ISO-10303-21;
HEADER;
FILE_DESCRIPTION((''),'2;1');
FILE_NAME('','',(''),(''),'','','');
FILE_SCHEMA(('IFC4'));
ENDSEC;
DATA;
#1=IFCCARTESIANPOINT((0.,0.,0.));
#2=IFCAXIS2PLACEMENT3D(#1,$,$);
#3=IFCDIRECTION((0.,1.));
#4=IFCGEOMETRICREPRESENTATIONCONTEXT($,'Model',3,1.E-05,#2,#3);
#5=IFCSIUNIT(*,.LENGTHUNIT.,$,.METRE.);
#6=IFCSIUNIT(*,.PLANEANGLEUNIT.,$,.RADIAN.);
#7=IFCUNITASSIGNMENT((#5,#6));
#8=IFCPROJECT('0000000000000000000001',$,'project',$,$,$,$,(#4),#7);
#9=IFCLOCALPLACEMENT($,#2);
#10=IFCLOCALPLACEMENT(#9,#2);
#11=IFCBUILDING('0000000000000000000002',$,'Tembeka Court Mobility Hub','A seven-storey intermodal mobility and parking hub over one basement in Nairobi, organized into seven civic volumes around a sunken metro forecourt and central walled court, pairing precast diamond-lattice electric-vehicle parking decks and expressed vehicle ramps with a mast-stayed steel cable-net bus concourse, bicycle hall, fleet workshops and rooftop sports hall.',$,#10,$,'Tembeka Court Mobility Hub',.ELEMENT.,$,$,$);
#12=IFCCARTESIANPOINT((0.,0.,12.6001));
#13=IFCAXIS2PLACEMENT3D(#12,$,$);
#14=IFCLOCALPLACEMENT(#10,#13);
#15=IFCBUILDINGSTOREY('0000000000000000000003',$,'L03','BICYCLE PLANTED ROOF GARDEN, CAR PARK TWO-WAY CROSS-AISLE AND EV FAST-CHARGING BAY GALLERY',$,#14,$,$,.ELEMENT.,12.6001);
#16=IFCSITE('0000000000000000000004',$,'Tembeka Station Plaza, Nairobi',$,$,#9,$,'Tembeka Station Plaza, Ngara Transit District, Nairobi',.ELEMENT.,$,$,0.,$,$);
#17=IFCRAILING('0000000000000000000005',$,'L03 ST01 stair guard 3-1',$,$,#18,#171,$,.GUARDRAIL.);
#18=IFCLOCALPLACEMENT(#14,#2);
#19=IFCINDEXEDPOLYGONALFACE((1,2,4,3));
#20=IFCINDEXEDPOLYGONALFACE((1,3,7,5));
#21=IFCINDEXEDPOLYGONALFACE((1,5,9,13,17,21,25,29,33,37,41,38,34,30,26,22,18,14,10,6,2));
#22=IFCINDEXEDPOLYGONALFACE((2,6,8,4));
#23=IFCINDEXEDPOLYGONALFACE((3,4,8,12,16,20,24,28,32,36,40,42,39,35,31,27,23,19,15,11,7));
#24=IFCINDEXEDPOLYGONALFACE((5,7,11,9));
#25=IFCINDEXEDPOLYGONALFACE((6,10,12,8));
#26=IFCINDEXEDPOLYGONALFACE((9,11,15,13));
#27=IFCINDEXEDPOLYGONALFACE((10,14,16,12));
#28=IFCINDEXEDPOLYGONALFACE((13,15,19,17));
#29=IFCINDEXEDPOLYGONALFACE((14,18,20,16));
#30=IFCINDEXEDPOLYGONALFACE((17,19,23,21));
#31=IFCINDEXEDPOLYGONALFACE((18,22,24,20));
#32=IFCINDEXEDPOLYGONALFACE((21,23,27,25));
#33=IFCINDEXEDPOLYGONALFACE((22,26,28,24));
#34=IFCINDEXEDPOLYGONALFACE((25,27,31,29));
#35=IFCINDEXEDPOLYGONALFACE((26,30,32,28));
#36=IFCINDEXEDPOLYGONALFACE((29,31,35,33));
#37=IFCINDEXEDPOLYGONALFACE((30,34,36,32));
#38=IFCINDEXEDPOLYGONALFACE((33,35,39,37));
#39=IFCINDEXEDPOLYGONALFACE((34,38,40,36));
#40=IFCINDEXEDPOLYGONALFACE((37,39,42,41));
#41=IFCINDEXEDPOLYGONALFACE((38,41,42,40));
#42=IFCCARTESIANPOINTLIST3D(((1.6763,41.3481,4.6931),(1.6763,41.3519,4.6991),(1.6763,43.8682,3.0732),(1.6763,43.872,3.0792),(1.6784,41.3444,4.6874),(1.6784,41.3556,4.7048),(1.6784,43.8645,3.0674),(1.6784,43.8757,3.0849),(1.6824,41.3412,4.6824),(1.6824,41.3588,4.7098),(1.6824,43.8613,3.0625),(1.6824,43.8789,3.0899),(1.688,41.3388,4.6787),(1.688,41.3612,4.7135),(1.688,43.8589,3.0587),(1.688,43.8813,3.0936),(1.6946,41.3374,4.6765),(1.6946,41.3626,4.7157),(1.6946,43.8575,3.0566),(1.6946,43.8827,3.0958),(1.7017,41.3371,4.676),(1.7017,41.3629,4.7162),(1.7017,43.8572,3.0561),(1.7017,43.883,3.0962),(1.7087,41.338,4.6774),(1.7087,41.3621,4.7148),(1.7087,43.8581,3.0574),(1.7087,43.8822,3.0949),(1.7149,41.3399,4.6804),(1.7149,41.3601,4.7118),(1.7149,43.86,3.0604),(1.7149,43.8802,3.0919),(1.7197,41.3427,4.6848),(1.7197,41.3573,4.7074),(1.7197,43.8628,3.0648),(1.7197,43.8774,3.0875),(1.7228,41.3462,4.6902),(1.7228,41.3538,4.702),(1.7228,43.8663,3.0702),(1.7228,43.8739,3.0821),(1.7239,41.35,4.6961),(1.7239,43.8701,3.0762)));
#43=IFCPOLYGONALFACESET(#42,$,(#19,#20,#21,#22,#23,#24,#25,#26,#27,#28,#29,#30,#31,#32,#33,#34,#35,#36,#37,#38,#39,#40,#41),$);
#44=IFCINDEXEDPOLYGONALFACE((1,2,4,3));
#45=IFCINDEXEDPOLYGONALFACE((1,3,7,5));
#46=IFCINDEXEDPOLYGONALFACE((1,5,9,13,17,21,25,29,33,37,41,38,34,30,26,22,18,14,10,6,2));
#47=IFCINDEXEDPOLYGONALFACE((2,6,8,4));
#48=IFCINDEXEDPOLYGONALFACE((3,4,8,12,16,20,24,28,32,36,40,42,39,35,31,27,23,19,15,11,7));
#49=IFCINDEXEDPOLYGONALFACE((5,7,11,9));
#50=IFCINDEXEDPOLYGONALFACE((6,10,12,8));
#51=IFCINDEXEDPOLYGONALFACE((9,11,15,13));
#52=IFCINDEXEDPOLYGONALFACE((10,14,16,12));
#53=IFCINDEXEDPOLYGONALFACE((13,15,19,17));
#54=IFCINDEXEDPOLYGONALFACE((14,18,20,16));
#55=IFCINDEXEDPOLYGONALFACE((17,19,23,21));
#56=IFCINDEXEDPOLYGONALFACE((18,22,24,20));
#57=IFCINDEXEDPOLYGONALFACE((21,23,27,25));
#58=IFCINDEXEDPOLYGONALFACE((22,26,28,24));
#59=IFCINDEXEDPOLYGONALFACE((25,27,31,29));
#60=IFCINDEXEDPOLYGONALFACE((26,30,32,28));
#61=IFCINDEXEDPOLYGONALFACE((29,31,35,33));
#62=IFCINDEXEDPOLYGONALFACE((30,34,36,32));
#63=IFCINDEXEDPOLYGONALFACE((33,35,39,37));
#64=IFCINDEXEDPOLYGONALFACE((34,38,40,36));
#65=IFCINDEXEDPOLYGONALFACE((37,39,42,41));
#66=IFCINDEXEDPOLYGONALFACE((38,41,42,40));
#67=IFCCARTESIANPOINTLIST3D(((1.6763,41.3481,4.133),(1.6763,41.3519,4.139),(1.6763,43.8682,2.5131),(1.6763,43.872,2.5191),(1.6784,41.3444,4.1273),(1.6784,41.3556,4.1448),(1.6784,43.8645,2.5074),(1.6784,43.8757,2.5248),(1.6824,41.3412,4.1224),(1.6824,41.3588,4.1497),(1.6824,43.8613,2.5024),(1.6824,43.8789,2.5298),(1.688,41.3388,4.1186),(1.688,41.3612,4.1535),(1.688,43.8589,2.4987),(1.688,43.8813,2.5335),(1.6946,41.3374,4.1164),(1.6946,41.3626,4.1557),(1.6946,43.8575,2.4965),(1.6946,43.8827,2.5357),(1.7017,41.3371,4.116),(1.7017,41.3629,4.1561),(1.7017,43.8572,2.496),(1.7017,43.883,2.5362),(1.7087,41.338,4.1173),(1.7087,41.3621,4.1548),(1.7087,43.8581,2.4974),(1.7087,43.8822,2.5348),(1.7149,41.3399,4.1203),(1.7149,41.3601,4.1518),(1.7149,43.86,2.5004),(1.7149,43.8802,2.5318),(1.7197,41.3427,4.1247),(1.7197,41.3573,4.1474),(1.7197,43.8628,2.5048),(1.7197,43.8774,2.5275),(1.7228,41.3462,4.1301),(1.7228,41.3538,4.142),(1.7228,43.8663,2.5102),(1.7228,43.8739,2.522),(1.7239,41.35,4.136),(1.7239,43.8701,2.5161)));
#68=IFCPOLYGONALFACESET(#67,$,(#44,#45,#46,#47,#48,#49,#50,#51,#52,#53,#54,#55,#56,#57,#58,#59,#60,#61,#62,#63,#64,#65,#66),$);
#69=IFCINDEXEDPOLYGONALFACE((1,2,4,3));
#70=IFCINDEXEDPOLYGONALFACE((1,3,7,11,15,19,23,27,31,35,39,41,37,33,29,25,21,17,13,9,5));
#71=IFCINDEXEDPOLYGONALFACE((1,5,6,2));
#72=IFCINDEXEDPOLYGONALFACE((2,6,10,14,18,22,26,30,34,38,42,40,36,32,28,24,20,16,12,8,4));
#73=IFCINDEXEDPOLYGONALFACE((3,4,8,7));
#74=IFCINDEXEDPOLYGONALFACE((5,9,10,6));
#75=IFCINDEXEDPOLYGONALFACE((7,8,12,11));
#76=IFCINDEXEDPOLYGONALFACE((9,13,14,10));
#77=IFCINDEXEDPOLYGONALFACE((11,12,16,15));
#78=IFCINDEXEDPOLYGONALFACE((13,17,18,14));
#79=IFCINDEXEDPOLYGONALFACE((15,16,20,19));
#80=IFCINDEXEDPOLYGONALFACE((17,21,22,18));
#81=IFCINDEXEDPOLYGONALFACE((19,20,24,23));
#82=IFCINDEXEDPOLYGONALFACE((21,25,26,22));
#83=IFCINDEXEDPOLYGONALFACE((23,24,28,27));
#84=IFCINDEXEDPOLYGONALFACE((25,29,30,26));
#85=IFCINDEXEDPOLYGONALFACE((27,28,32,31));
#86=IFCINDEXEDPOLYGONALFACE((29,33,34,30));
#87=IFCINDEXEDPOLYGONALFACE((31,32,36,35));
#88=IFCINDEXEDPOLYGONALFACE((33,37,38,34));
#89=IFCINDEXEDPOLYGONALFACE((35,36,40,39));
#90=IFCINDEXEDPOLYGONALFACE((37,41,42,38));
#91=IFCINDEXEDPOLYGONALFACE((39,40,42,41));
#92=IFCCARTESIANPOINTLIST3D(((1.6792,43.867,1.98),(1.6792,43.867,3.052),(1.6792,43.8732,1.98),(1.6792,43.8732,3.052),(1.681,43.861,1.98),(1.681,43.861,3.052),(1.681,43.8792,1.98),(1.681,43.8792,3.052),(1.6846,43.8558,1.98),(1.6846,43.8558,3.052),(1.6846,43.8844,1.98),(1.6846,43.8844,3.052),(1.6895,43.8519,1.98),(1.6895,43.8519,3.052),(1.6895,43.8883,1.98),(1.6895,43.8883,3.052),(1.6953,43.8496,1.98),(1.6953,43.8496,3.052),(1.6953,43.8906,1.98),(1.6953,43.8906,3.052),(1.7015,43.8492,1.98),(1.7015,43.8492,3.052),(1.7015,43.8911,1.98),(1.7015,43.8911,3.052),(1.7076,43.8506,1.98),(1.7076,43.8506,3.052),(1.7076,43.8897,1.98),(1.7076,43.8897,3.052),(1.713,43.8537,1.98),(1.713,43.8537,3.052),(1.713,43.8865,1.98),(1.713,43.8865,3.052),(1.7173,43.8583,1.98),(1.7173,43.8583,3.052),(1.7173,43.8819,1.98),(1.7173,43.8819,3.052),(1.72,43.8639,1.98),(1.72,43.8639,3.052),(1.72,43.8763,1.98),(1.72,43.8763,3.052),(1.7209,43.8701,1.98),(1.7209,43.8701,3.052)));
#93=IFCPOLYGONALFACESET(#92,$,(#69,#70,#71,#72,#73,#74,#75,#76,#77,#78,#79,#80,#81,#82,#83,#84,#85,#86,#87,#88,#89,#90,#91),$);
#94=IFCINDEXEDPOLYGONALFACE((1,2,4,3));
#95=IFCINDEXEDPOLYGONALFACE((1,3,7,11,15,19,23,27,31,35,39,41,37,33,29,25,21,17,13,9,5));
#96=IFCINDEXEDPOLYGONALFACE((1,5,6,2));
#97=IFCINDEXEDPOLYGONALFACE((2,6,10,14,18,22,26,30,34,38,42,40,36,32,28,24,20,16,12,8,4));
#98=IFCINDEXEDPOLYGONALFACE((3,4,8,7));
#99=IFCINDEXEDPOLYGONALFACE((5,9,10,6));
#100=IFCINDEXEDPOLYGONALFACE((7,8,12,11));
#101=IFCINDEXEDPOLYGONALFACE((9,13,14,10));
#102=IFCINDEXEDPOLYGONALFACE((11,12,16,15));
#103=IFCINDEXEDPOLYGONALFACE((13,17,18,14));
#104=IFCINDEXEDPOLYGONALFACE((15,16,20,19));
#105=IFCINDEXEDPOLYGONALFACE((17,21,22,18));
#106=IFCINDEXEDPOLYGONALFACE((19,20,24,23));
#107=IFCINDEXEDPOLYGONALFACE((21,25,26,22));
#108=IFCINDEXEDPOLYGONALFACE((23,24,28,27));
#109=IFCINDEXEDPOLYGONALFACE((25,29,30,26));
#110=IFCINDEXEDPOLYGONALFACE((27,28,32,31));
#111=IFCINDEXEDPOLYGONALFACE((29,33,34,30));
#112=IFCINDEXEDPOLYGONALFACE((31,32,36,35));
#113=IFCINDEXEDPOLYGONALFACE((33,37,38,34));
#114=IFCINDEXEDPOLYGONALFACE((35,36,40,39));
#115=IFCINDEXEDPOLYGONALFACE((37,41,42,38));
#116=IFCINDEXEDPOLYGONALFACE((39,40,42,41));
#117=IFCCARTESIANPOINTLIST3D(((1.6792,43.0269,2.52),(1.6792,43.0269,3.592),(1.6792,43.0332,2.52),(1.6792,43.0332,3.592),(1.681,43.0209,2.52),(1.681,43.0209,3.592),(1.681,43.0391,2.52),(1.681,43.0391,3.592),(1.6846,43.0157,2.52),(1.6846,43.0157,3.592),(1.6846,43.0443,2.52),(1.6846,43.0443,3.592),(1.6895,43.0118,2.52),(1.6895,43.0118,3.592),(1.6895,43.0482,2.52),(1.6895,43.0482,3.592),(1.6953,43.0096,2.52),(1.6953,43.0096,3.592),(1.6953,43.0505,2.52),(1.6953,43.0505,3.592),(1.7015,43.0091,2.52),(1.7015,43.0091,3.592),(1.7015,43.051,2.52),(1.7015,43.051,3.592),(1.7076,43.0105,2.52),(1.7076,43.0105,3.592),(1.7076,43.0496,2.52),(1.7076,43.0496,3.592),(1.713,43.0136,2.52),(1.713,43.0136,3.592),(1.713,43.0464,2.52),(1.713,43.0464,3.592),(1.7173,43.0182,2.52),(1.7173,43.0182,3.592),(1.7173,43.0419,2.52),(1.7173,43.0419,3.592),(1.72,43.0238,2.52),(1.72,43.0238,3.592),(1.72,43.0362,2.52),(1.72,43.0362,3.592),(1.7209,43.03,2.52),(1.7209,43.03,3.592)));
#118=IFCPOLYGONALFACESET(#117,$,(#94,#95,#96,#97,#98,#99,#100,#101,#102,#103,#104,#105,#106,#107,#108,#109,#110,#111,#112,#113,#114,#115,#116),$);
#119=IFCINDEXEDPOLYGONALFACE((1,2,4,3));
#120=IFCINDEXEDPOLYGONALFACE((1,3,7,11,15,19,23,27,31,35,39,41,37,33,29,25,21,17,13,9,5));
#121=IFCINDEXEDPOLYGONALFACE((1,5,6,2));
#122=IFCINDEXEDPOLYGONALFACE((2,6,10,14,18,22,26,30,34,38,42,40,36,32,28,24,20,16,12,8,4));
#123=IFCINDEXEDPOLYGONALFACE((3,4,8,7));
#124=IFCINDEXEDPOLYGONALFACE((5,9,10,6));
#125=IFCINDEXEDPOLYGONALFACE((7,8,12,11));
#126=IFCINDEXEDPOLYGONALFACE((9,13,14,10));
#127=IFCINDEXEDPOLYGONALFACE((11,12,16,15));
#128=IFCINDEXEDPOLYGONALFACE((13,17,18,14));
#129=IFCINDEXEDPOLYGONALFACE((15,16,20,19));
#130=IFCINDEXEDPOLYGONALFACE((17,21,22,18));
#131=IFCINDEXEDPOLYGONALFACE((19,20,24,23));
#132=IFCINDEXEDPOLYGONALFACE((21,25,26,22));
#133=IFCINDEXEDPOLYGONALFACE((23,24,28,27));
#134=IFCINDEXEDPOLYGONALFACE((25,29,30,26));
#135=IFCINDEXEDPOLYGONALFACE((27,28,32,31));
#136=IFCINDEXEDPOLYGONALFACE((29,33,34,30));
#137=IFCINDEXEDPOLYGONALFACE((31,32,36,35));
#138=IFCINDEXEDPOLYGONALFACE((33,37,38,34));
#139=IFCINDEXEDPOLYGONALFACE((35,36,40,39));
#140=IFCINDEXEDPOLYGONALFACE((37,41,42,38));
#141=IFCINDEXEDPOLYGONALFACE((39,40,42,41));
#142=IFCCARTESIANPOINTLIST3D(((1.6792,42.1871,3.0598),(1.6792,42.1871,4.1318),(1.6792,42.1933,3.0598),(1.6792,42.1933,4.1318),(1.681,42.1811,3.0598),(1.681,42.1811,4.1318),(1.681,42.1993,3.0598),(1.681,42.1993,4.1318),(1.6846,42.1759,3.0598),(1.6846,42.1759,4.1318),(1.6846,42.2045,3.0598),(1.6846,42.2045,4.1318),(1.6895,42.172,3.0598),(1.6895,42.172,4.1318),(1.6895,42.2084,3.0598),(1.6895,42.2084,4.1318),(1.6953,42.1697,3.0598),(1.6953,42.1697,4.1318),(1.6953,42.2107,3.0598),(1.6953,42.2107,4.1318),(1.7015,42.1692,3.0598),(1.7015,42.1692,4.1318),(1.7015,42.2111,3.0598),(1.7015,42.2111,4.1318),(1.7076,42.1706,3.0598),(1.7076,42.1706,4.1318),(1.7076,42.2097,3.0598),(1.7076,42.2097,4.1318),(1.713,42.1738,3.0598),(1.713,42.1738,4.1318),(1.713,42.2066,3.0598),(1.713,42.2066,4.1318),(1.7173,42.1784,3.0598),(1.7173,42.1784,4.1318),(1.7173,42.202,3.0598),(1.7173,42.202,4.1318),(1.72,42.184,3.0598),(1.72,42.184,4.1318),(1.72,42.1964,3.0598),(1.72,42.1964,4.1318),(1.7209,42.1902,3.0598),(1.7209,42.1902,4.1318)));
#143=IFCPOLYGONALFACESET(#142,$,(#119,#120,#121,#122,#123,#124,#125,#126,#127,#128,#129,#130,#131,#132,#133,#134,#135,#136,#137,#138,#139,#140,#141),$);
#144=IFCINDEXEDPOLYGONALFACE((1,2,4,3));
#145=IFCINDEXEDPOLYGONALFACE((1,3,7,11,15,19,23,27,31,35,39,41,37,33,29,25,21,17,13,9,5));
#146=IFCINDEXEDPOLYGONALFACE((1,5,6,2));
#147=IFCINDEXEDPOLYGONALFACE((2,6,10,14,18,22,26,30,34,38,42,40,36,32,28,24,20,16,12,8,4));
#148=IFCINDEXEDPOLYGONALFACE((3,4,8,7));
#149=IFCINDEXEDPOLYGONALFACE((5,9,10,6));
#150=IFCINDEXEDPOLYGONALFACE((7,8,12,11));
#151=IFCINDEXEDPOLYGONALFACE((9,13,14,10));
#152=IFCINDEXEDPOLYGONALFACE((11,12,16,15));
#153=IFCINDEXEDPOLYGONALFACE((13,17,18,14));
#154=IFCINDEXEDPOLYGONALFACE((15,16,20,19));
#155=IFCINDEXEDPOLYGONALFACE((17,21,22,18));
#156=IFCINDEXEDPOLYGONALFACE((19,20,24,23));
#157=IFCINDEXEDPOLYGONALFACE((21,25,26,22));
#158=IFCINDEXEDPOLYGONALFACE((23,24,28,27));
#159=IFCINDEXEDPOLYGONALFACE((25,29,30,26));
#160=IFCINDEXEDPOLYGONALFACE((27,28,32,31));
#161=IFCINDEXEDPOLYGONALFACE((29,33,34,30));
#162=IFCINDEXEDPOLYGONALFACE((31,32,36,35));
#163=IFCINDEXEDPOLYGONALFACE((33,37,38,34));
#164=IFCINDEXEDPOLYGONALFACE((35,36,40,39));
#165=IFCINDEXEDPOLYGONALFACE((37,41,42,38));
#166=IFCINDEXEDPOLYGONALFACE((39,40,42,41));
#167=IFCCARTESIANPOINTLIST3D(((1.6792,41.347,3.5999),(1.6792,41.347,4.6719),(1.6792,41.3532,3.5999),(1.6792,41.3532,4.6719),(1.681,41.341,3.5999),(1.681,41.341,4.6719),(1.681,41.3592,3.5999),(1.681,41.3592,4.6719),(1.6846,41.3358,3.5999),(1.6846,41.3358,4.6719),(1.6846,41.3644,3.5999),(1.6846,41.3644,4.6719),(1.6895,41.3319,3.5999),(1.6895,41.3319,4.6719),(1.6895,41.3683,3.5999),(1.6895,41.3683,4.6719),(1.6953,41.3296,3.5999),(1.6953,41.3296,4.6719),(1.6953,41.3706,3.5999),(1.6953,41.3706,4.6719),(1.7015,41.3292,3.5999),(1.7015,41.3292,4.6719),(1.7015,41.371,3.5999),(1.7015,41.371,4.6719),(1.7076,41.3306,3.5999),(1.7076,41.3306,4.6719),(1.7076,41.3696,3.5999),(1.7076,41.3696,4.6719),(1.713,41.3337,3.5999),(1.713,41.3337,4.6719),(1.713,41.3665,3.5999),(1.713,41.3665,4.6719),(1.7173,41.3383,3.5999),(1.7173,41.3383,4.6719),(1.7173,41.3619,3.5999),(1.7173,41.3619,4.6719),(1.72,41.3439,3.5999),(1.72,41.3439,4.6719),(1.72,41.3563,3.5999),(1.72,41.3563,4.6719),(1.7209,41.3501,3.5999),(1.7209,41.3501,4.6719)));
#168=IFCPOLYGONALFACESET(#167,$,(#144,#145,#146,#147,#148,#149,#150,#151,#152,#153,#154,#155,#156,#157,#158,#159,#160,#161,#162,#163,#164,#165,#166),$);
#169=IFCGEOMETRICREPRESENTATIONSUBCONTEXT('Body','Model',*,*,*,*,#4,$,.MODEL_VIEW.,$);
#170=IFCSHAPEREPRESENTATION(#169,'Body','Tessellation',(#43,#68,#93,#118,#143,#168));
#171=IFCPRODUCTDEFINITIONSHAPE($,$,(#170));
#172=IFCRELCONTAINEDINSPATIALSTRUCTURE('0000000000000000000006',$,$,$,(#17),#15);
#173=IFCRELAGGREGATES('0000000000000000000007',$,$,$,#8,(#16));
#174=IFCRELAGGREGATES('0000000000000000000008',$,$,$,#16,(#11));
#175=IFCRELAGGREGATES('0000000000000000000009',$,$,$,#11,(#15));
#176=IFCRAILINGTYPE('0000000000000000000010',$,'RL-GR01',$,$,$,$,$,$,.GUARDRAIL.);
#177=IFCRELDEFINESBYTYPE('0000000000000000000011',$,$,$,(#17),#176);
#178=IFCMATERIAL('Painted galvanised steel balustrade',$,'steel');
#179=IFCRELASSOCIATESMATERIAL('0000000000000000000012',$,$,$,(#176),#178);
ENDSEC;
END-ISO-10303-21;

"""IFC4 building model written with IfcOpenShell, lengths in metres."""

from ifc_helpers import new_model, si_unit, direction, frame, origin, origin_2d, place, context, subcontext, project, spatial, circle, extrude, material, type_object, element, save


model = new_model("IFC4")

# Units and contexts
model_context = context("Model", 3, precision=1e-05, world=origin(), true_north=direction((0.0, 1.0)))
body_context = subcontext(model_context, "Body", "Model", "MODEL_VIEW")
ifc_project = project(units=[si_unit("LENGTHUNIT", "METRE"), si_unit("PLANEANGLEUNIT", "RADIAN")], contexts=[model_context])

# Site, building, storey
site_placement = place(None, origin())
site = spatial("IfcSite", under=ifc_project, at=site_placement, Name="Tembeka Station Plaza, Nairobi", LongName="Tembeka Station Plaza, Ngara Transit District, Nairobi", CompositionType="ELEMENT", RefElevation=0.0)
building_placement = place(site_placement, origin())
building = spatial("IfcBuilding", under=site, at=building_placement, Name="Tembeka Court Mobility Hub", Description="A seven-storey intermodal mobility and parking hub over one basement in Nairobi, organized into seven civic volumes around a sunken metro forecourt and central walled court, pairing precast diamond-lattice electric-vehicle parking decks and expressed vehicle ramps with a mast-stayed steel cable-net bus concourse, bicycle hall, fleet workshops and rooftop sports hall.", LongName="Tembeka Court Mobility Hub", CompositionType="ELEMENT")
storey_placement = place(building_placement, frame((0.0, 0.0, 12.6001)))
storey = spatial("IfcBuildingStorey", under=building, at=storey_placement, Name="L03", Description="BICYCLE PLANTED ROOF GARDEN, CAR PARK TWO-WAY CROSS-AISLE AND EV FAST-CHARGING BAY GALLERY", CompositionType="ELEMENT", Elevation=12.6001)

# Railing
ifc_material_1 = material(Name="Painted galvanised steel balustrade", Category="steel")
railing_type_1 = type_object("IfcRailingType", Name="RL-GR01", PredefinedType="GUARDRAIL", material=ifc_material_1)
railing_1_placement = place(storey_placement, frame((1.7, 43.8701, 1.98)))
element("IfcRailing", 1, at=railing_1_placement, inside=storey, type_object=railing_type_1, Name="L03 ST01 stair guard 3-1", PredefinedType="GUARDRAIL", context=body_context, shape_type="SweptSolid", body=[
    extrude(circle(Radius=0.0239, at=origin_2d()), frame((0.0, 0.0, 1.0962), z_axis=(0.0, -0.8412, 0.540725), x_axis=(1.0, 0.0, 0.0)), (0.0, 0.0, 1.0), 2.9958),
    extrude(circle(Radius=0.0239, at=origin_2d()), frame((0.0, 0.0, 0.5361), z_axis=(0.0, -0.8412, 0.540725), x_axis=(1.0, 0.0, 0.0)), (0.0, 0.0, 1.0), 2.9958),
    extrude(circle(Radius=0.021, at=origin_2d()), origin(), (0.0, 0.0, 1.0), 1.072),
    extrude(circle(Radius=0.021, at=origin_2d()), frame((0.0, -0.8401, 0.54)), (0.0, 0.0, 1.0), 1.072),
    extrude(circle(Radius=0.021, at=origin_2d()), frame((0.0, -1.6799, 1.0798)), (0.0, 0.0, 1.0), 1.072),
    extrude(circle(Radius=0.021, at=origin_2d()), frame((0.0, -2.52, 1.6199)), (0.0, 0.0, 1.0), 1.072),
])

save(model, "model.ifc")
